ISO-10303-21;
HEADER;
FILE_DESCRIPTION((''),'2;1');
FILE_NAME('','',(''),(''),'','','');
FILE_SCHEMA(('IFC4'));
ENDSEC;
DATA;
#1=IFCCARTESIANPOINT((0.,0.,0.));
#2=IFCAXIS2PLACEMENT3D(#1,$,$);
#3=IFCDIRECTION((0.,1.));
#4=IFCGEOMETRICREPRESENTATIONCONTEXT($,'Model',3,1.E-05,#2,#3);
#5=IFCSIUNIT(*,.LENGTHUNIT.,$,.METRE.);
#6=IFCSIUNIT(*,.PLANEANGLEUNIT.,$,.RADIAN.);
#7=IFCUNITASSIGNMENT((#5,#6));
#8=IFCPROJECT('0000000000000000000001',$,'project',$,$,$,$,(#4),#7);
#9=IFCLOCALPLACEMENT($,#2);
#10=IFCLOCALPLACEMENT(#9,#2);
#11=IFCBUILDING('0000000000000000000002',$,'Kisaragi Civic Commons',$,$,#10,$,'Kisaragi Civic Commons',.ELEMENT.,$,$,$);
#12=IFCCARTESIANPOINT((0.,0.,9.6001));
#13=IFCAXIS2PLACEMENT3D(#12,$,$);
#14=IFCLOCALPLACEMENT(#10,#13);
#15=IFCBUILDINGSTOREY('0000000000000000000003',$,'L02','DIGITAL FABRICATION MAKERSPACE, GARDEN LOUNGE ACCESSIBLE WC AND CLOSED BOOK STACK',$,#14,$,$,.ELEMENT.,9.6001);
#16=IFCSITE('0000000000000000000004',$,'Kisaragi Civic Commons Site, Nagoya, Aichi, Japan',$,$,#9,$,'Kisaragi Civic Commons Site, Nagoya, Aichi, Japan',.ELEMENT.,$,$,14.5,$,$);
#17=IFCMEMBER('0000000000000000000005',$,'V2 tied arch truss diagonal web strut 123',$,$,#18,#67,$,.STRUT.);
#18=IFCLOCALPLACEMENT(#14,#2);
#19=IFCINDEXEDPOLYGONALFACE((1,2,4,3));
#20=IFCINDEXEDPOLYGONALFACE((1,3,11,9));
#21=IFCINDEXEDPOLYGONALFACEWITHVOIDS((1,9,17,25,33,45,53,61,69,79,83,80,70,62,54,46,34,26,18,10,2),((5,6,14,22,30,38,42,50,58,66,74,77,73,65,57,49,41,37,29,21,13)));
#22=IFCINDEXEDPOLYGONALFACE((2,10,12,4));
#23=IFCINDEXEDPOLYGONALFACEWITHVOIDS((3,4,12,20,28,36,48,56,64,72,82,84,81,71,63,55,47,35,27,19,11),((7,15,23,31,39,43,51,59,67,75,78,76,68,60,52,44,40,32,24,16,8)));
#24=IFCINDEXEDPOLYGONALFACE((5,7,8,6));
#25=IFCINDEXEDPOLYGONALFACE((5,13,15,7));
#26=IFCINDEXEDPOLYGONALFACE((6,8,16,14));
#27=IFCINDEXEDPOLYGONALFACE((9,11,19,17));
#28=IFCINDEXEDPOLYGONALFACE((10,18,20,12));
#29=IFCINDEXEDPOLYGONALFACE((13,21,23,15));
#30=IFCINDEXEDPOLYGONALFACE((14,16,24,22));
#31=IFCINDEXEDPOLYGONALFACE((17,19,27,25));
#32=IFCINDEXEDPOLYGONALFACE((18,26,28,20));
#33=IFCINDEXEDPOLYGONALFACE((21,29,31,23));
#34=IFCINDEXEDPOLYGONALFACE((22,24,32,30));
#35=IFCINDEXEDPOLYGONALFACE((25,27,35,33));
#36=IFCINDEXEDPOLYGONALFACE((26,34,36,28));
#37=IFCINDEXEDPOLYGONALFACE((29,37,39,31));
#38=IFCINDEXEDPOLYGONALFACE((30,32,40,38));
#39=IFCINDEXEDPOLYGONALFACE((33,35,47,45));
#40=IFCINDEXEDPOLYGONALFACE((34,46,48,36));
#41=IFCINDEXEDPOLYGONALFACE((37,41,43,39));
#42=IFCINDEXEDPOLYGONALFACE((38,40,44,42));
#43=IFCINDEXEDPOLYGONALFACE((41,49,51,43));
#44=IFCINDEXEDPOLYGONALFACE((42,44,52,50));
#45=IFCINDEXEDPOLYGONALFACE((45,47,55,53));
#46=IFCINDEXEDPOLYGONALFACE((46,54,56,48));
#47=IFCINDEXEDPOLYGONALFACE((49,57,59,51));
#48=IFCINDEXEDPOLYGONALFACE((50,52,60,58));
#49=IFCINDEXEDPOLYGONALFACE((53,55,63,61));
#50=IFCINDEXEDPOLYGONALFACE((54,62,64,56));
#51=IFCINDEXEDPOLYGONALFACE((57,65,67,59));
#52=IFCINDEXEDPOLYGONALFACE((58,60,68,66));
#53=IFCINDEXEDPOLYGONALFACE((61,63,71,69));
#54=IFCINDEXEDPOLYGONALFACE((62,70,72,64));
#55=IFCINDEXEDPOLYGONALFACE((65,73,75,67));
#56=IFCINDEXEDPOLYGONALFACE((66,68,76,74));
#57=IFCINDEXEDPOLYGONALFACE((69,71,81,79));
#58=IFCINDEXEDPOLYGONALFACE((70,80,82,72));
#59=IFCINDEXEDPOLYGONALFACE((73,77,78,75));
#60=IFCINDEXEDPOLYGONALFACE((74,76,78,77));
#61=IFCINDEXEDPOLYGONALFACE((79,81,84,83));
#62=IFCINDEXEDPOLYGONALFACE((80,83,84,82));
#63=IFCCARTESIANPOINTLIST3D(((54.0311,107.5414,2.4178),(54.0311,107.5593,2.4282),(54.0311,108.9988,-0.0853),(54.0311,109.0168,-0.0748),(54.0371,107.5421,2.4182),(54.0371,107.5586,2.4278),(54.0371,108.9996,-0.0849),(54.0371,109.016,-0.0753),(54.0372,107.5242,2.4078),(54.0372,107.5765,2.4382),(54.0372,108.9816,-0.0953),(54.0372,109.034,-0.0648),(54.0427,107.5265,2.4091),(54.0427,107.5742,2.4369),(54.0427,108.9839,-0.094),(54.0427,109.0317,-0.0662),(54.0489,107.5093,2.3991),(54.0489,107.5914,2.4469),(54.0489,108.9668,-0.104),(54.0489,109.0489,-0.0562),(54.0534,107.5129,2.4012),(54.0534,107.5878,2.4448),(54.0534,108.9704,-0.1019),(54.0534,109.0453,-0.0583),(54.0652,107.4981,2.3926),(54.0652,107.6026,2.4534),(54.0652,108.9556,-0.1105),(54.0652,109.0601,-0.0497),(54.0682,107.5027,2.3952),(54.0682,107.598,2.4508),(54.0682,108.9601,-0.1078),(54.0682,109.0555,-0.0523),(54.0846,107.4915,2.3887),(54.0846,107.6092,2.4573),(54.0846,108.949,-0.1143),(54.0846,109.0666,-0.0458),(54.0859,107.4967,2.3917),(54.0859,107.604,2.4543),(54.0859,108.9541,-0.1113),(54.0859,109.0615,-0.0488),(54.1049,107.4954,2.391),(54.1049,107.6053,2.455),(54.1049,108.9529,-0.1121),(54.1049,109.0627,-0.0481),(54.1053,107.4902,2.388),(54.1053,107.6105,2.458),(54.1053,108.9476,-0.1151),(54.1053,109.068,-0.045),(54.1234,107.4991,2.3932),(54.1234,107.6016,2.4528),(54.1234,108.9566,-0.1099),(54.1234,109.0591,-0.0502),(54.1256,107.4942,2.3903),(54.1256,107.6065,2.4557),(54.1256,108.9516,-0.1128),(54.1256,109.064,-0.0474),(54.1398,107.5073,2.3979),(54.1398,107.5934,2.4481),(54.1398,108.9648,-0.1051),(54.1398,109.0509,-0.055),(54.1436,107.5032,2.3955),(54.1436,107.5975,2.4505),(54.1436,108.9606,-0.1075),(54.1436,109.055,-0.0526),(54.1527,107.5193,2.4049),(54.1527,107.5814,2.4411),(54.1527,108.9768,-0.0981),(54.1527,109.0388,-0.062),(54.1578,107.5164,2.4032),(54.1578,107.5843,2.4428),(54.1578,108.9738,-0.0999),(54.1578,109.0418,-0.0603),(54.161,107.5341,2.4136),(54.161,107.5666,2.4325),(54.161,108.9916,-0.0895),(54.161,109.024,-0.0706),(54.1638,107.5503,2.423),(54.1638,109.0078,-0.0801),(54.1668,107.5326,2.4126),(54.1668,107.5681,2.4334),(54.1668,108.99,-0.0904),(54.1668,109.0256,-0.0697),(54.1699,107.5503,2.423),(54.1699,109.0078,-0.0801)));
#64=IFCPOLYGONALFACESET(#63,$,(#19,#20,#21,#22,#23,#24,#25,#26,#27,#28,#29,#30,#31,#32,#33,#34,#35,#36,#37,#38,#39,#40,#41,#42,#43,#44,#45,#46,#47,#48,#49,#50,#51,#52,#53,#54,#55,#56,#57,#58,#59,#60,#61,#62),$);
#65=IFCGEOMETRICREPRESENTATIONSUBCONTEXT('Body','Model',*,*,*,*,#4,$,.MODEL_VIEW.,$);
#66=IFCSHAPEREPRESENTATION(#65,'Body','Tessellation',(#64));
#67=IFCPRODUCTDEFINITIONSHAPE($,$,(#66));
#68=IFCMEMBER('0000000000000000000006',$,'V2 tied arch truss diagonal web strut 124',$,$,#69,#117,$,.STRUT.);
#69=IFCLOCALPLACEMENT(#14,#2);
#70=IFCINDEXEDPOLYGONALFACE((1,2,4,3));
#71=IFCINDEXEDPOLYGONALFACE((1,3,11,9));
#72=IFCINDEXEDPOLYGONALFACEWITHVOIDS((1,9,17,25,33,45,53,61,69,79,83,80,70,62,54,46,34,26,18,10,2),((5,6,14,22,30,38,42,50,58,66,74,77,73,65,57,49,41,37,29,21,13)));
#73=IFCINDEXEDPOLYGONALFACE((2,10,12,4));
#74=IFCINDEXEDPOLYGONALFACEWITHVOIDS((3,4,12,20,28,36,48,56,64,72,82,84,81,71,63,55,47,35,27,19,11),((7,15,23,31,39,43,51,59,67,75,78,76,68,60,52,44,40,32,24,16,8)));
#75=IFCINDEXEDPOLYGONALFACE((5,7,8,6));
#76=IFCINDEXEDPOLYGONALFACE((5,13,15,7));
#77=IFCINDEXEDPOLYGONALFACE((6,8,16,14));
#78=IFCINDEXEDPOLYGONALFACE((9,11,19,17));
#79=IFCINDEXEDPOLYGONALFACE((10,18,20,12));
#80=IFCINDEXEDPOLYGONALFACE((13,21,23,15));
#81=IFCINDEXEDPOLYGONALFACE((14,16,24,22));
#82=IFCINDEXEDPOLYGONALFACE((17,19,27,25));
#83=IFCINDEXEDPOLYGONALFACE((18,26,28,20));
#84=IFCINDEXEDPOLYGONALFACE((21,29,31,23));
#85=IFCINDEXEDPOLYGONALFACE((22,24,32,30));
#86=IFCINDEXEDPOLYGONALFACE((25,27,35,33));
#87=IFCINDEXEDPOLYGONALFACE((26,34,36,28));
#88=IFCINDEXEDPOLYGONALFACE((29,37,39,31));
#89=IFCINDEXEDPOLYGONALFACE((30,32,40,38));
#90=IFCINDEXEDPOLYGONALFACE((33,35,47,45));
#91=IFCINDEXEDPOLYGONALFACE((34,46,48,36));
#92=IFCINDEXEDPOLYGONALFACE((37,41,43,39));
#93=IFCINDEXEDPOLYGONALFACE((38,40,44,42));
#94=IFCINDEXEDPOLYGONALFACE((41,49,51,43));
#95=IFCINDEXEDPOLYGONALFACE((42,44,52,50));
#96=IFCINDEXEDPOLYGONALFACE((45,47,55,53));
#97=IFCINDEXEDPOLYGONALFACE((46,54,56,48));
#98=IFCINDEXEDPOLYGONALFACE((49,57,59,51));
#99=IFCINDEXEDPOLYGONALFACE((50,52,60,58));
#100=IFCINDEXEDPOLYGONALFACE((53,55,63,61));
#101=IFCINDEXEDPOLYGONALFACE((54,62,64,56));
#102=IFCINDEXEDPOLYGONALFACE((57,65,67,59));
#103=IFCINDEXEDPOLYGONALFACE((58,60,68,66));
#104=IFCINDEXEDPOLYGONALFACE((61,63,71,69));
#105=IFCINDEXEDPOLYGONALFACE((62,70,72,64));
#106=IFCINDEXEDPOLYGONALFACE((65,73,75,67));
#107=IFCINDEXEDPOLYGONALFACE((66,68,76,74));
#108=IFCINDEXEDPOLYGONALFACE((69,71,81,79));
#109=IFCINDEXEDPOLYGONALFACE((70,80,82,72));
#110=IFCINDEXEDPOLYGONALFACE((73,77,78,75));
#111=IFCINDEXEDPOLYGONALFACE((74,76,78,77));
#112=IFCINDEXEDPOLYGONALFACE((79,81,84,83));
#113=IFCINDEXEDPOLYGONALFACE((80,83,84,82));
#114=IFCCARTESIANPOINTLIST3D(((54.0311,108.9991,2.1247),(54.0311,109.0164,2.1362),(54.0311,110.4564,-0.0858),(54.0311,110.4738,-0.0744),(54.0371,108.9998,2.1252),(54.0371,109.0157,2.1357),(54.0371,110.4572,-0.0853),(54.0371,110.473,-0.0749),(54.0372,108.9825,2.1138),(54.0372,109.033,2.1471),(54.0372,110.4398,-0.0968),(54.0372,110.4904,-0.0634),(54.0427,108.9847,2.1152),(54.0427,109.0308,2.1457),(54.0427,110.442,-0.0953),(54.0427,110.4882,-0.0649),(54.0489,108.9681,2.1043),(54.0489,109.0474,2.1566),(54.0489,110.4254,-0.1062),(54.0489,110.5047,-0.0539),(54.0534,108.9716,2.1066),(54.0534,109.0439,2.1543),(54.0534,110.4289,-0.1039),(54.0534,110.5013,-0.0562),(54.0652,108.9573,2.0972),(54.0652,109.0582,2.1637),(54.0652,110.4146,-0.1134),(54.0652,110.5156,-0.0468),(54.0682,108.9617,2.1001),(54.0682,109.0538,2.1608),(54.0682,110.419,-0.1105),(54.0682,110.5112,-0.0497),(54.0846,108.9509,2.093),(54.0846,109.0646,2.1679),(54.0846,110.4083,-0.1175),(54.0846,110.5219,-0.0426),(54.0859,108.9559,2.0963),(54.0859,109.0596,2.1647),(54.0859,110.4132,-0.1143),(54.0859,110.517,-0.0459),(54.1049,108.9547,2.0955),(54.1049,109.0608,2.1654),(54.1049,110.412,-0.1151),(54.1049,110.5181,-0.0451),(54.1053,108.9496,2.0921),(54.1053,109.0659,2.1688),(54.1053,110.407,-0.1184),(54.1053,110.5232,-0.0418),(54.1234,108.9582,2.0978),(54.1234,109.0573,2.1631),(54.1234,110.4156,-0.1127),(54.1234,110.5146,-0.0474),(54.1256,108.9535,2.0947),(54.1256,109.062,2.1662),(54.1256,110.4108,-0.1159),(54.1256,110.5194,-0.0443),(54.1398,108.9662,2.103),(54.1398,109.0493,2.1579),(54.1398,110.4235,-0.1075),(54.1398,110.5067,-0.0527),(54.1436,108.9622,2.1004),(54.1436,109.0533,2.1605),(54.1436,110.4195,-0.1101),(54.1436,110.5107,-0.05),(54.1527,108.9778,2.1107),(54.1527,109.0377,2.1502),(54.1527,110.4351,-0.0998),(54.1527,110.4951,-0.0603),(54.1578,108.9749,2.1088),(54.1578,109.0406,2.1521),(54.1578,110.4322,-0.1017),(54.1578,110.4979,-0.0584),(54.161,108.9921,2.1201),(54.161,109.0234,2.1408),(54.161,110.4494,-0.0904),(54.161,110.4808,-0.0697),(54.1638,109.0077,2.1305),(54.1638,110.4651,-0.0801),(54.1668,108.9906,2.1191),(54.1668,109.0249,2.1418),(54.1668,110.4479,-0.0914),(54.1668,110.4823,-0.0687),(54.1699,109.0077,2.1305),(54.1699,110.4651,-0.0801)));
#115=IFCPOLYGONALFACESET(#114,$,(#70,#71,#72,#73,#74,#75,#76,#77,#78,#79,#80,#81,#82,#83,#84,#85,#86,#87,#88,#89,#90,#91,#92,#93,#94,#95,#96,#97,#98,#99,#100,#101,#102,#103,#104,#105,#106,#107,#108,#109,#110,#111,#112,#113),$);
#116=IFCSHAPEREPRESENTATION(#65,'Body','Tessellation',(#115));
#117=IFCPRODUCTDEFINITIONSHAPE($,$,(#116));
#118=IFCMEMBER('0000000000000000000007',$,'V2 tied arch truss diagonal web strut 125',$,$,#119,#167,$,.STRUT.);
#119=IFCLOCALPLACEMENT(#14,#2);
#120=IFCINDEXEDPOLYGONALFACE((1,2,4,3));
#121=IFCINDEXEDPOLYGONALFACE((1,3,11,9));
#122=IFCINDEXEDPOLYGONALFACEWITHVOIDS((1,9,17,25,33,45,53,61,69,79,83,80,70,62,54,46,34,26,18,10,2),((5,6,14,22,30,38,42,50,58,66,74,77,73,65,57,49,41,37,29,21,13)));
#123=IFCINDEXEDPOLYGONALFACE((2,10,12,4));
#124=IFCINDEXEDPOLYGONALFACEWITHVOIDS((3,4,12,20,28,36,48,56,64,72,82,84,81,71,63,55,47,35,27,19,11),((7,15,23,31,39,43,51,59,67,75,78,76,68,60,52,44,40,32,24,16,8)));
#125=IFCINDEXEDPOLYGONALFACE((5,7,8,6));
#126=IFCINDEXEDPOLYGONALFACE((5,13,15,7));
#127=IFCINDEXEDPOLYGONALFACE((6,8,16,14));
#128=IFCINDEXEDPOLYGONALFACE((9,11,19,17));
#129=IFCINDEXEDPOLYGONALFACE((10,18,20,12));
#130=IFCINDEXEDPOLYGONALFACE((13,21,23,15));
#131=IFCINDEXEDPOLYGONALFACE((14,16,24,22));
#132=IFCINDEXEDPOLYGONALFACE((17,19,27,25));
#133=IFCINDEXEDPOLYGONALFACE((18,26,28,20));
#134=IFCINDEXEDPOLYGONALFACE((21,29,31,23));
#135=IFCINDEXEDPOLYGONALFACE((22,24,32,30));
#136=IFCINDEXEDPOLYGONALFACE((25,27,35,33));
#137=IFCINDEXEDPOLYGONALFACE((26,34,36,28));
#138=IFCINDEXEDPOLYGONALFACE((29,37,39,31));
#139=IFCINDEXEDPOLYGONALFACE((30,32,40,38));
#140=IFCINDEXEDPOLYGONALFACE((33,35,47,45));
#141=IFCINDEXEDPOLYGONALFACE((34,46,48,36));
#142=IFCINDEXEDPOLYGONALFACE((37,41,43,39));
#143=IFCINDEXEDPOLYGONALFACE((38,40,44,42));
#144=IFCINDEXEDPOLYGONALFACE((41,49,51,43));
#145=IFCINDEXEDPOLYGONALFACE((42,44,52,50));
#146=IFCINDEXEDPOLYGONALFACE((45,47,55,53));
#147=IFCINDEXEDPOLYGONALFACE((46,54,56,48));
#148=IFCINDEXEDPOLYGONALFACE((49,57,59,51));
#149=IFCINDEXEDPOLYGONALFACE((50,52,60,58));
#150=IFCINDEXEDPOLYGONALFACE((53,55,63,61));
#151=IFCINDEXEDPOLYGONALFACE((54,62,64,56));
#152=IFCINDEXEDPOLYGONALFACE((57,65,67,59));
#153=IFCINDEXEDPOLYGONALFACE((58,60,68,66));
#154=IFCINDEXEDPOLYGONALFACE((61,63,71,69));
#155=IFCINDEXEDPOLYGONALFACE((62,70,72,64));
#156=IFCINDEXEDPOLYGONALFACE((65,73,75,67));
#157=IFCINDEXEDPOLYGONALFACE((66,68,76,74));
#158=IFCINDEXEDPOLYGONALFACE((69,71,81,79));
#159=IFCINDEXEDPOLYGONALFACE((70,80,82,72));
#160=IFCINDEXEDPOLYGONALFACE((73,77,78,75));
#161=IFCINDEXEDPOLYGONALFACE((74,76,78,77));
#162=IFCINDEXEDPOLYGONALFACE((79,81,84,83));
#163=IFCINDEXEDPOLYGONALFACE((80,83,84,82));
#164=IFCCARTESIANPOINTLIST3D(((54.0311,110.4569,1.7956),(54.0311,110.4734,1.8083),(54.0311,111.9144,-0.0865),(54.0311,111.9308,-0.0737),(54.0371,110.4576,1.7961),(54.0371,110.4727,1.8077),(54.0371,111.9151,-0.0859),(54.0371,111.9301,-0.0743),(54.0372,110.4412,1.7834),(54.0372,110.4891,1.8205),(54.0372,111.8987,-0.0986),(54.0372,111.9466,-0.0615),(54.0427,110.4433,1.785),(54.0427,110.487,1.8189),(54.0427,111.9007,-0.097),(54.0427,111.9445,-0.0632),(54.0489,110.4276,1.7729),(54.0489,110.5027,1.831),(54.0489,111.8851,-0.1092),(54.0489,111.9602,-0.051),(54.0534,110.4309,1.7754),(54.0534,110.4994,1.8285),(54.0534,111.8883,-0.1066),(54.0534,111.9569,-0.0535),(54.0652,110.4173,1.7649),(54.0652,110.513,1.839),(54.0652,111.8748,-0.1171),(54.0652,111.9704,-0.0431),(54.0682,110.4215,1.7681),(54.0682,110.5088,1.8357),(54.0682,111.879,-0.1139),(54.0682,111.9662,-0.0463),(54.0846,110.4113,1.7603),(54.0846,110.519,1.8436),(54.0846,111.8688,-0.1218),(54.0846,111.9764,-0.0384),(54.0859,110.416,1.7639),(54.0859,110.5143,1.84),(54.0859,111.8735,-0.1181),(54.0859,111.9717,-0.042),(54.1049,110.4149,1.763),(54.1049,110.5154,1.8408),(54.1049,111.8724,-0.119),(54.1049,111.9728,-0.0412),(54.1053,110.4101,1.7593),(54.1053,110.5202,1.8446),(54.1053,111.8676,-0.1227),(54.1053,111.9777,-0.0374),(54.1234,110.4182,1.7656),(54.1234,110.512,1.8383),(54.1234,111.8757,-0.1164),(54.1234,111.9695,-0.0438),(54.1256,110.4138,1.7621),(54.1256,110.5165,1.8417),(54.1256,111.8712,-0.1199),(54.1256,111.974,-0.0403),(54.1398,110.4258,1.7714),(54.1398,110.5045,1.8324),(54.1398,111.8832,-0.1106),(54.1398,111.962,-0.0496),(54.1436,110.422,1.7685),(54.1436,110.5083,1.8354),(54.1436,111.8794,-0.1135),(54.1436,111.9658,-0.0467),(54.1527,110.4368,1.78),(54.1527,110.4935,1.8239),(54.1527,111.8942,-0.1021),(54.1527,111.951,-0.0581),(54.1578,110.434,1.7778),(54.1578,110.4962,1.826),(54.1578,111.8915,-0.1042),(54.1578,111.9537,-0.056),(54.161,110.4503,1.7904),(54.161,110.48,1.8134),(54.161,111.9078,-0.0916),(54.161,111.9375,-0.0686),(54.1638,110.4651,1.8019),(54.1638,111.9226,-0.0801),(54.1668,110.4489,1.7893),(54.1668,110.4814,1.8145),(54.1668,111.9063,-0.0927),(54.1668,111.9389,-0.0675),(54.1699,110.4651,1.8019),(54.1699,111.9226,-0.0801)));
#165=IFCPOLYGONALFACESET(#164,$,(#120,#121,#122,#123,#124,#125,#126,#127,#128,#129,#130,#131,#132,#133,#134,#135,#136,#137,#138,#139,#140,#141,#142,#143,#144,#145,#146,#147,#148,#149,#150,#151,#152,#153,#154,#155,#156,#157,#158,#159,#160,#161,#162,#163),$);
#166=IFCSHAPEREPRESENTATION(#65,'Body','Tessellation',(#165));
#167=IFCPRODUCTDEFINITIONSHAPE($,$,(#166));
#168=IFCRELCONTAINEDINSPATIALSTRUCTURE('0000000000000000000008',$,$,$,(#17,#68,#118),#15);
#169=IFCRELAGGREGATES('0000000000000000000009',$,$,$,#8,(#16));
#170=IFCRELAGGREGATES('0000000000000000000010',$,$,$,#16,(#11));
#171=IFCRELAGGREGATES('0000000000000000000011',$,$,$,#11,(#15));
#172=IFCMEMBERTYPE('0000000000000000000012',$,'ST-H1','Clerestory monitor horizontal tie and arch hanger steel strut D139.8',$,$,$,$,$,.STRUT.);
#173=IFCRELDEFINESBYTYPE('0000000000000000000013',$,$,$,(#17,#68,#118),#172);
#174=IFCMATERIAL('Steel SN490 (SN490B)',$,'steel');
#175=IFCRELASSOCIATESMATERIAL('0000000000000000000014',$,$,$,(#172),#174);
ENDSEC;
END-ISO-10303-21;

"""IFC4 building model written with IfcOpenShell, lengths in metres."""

from ifc_helpers import new_model, si_unit, direction, frame, origin, origin_2d, place, context, subcontext, project, spatial, hollow_circle, extrude, material, material_profile, profile_set, type_object, element, save


model = new_model("IFC4")

# Units and contexts
model_context = context("Model", 3, precision=1e-05, world=origin(), true_north=direction((0.0, 1.0)))
body_context = subcontext(model_context, "Body", "Model", "MODEL_VIEW")
ifc_project = project(units=[si_unit("LENGTHUNIT", "METRE"), si_unit("PLANEANGLEUNIT", "RADIAN")], contexts=[model_context])

# Site, building, storey
site_placement = place(None, origin())
site = spatial("IfcSite", under=ifc_project, at=site_placement, Name="Kisaragi Civic Commons Site, Nagoya, Aichi, Japan", LongName="Kisaragi Civic Commons Site, Nagoya, Aichi, Japan", CompositionType="ELEMENT", RefElevation=14.5)
building_placement = place(site_placement, origin())
building = spatial("IfcBuilding", under=site, at=building_placement, Name="Kisaragi Civic Commons", LongName="Kisaragi Civic Commons", CompositionType="ELEMENT")
storey_placement = place(building_placement, frame((0.0, 0.0, 9.6001)))
storey = spatial("IfcBuildingStorey", under=building, at=storey_placement, Name="L02", Description="DIGITAL FABRICATION MAKERSPACE, GARDEN LOUNGE ACCESSIBLE WC AND CLOSED BOOK STACK", CompositionType="ELEMENT", Elevation=9.6001)

# Shared definitions
ifc_material_1 = material(Name="Steel SN490 (SN490B)", Category="steel")

# Members
ifc_material_profile_1 = material_profile(ifc_material_1, hollow_circle(Radius=0.0698, WallThickness=0.0061, at=origin_2d()), Name="CHS-139.8x6.0", Category="steel")
ifc_profile_set_1 = profile_set([ifc_material_profile_1], Name="Steel SN490 (SN490B)")
member_type_1 = type_object("IfcMemberType", Name="ST-H1", Description="Clerestory monitor horizontal tie and arch hanger steel strut D139.8", PredefinedType="STRUT", material=ifc_profile_set_1)
member_1_placement = place(storey_placement, frame((54.1001, 109.0078, -0.0801), z_axis=(0.0, -0.503184, 0.864179), x_axis=(1.0, 0.0, 0.0)))
element("IfcMember", 1, at=member_1_placement, inside=storey, type_object=member_type_1, Name="V2 tied arch truss diagonal web strut 123", PredefinedType="STRUT", context=body_context, shape_type="SweptSolid", body=[
    extrude(hollow_circle(Radius=0.0698, WallThickness=0.0061, at=origin_2d()), origin(), (0.0, 0.0, 1.0), 2.8965),
])
member_2_placement = place(storey_placement, frame((54.1001, 110.4651, -0.0801), z_axis=(0.0, -0.550416, 0.834891), x_axis=(1.0, 0.0, 0.0)))
element("IfcMember", 2, at=member_2_placement, inside=storey, type_object=member_type_1, Name="V2 tied arch truss diagonal web strut 124", PredefinedType="STRUT", context=body_context, shape_type="SweptSolid", body=[
    extrude(hollow_circle(Radius=0.0698, WallThickness=0.0061, at=origin_2d()), origin(), (0.0, 0.0, 1.0), 2.6477),
])
member_3_placement = place(storey_placement, frame((54.1001, 111.9226, -0.0801), z_axis=(0.0, -0.612285, 0.790637), x_axis=(1.0, 0.0, 0.0)))
element("IfcMember", 3, at=member_3_placement, inside=storey, type_object=member_type_1, Name="V2 tied arch truss diagonal web strut 125", PredefinedType="STRUT", context=body_context, shape_type="SweptSolid", body=[
    extrude(hollow_circle(Radius=0.0698, WallThickness=0.0061, at=origin_2d()), origin(), (0.0, 0.0, 1.0), 2.3804),
])

save(model, "model.ifc")
